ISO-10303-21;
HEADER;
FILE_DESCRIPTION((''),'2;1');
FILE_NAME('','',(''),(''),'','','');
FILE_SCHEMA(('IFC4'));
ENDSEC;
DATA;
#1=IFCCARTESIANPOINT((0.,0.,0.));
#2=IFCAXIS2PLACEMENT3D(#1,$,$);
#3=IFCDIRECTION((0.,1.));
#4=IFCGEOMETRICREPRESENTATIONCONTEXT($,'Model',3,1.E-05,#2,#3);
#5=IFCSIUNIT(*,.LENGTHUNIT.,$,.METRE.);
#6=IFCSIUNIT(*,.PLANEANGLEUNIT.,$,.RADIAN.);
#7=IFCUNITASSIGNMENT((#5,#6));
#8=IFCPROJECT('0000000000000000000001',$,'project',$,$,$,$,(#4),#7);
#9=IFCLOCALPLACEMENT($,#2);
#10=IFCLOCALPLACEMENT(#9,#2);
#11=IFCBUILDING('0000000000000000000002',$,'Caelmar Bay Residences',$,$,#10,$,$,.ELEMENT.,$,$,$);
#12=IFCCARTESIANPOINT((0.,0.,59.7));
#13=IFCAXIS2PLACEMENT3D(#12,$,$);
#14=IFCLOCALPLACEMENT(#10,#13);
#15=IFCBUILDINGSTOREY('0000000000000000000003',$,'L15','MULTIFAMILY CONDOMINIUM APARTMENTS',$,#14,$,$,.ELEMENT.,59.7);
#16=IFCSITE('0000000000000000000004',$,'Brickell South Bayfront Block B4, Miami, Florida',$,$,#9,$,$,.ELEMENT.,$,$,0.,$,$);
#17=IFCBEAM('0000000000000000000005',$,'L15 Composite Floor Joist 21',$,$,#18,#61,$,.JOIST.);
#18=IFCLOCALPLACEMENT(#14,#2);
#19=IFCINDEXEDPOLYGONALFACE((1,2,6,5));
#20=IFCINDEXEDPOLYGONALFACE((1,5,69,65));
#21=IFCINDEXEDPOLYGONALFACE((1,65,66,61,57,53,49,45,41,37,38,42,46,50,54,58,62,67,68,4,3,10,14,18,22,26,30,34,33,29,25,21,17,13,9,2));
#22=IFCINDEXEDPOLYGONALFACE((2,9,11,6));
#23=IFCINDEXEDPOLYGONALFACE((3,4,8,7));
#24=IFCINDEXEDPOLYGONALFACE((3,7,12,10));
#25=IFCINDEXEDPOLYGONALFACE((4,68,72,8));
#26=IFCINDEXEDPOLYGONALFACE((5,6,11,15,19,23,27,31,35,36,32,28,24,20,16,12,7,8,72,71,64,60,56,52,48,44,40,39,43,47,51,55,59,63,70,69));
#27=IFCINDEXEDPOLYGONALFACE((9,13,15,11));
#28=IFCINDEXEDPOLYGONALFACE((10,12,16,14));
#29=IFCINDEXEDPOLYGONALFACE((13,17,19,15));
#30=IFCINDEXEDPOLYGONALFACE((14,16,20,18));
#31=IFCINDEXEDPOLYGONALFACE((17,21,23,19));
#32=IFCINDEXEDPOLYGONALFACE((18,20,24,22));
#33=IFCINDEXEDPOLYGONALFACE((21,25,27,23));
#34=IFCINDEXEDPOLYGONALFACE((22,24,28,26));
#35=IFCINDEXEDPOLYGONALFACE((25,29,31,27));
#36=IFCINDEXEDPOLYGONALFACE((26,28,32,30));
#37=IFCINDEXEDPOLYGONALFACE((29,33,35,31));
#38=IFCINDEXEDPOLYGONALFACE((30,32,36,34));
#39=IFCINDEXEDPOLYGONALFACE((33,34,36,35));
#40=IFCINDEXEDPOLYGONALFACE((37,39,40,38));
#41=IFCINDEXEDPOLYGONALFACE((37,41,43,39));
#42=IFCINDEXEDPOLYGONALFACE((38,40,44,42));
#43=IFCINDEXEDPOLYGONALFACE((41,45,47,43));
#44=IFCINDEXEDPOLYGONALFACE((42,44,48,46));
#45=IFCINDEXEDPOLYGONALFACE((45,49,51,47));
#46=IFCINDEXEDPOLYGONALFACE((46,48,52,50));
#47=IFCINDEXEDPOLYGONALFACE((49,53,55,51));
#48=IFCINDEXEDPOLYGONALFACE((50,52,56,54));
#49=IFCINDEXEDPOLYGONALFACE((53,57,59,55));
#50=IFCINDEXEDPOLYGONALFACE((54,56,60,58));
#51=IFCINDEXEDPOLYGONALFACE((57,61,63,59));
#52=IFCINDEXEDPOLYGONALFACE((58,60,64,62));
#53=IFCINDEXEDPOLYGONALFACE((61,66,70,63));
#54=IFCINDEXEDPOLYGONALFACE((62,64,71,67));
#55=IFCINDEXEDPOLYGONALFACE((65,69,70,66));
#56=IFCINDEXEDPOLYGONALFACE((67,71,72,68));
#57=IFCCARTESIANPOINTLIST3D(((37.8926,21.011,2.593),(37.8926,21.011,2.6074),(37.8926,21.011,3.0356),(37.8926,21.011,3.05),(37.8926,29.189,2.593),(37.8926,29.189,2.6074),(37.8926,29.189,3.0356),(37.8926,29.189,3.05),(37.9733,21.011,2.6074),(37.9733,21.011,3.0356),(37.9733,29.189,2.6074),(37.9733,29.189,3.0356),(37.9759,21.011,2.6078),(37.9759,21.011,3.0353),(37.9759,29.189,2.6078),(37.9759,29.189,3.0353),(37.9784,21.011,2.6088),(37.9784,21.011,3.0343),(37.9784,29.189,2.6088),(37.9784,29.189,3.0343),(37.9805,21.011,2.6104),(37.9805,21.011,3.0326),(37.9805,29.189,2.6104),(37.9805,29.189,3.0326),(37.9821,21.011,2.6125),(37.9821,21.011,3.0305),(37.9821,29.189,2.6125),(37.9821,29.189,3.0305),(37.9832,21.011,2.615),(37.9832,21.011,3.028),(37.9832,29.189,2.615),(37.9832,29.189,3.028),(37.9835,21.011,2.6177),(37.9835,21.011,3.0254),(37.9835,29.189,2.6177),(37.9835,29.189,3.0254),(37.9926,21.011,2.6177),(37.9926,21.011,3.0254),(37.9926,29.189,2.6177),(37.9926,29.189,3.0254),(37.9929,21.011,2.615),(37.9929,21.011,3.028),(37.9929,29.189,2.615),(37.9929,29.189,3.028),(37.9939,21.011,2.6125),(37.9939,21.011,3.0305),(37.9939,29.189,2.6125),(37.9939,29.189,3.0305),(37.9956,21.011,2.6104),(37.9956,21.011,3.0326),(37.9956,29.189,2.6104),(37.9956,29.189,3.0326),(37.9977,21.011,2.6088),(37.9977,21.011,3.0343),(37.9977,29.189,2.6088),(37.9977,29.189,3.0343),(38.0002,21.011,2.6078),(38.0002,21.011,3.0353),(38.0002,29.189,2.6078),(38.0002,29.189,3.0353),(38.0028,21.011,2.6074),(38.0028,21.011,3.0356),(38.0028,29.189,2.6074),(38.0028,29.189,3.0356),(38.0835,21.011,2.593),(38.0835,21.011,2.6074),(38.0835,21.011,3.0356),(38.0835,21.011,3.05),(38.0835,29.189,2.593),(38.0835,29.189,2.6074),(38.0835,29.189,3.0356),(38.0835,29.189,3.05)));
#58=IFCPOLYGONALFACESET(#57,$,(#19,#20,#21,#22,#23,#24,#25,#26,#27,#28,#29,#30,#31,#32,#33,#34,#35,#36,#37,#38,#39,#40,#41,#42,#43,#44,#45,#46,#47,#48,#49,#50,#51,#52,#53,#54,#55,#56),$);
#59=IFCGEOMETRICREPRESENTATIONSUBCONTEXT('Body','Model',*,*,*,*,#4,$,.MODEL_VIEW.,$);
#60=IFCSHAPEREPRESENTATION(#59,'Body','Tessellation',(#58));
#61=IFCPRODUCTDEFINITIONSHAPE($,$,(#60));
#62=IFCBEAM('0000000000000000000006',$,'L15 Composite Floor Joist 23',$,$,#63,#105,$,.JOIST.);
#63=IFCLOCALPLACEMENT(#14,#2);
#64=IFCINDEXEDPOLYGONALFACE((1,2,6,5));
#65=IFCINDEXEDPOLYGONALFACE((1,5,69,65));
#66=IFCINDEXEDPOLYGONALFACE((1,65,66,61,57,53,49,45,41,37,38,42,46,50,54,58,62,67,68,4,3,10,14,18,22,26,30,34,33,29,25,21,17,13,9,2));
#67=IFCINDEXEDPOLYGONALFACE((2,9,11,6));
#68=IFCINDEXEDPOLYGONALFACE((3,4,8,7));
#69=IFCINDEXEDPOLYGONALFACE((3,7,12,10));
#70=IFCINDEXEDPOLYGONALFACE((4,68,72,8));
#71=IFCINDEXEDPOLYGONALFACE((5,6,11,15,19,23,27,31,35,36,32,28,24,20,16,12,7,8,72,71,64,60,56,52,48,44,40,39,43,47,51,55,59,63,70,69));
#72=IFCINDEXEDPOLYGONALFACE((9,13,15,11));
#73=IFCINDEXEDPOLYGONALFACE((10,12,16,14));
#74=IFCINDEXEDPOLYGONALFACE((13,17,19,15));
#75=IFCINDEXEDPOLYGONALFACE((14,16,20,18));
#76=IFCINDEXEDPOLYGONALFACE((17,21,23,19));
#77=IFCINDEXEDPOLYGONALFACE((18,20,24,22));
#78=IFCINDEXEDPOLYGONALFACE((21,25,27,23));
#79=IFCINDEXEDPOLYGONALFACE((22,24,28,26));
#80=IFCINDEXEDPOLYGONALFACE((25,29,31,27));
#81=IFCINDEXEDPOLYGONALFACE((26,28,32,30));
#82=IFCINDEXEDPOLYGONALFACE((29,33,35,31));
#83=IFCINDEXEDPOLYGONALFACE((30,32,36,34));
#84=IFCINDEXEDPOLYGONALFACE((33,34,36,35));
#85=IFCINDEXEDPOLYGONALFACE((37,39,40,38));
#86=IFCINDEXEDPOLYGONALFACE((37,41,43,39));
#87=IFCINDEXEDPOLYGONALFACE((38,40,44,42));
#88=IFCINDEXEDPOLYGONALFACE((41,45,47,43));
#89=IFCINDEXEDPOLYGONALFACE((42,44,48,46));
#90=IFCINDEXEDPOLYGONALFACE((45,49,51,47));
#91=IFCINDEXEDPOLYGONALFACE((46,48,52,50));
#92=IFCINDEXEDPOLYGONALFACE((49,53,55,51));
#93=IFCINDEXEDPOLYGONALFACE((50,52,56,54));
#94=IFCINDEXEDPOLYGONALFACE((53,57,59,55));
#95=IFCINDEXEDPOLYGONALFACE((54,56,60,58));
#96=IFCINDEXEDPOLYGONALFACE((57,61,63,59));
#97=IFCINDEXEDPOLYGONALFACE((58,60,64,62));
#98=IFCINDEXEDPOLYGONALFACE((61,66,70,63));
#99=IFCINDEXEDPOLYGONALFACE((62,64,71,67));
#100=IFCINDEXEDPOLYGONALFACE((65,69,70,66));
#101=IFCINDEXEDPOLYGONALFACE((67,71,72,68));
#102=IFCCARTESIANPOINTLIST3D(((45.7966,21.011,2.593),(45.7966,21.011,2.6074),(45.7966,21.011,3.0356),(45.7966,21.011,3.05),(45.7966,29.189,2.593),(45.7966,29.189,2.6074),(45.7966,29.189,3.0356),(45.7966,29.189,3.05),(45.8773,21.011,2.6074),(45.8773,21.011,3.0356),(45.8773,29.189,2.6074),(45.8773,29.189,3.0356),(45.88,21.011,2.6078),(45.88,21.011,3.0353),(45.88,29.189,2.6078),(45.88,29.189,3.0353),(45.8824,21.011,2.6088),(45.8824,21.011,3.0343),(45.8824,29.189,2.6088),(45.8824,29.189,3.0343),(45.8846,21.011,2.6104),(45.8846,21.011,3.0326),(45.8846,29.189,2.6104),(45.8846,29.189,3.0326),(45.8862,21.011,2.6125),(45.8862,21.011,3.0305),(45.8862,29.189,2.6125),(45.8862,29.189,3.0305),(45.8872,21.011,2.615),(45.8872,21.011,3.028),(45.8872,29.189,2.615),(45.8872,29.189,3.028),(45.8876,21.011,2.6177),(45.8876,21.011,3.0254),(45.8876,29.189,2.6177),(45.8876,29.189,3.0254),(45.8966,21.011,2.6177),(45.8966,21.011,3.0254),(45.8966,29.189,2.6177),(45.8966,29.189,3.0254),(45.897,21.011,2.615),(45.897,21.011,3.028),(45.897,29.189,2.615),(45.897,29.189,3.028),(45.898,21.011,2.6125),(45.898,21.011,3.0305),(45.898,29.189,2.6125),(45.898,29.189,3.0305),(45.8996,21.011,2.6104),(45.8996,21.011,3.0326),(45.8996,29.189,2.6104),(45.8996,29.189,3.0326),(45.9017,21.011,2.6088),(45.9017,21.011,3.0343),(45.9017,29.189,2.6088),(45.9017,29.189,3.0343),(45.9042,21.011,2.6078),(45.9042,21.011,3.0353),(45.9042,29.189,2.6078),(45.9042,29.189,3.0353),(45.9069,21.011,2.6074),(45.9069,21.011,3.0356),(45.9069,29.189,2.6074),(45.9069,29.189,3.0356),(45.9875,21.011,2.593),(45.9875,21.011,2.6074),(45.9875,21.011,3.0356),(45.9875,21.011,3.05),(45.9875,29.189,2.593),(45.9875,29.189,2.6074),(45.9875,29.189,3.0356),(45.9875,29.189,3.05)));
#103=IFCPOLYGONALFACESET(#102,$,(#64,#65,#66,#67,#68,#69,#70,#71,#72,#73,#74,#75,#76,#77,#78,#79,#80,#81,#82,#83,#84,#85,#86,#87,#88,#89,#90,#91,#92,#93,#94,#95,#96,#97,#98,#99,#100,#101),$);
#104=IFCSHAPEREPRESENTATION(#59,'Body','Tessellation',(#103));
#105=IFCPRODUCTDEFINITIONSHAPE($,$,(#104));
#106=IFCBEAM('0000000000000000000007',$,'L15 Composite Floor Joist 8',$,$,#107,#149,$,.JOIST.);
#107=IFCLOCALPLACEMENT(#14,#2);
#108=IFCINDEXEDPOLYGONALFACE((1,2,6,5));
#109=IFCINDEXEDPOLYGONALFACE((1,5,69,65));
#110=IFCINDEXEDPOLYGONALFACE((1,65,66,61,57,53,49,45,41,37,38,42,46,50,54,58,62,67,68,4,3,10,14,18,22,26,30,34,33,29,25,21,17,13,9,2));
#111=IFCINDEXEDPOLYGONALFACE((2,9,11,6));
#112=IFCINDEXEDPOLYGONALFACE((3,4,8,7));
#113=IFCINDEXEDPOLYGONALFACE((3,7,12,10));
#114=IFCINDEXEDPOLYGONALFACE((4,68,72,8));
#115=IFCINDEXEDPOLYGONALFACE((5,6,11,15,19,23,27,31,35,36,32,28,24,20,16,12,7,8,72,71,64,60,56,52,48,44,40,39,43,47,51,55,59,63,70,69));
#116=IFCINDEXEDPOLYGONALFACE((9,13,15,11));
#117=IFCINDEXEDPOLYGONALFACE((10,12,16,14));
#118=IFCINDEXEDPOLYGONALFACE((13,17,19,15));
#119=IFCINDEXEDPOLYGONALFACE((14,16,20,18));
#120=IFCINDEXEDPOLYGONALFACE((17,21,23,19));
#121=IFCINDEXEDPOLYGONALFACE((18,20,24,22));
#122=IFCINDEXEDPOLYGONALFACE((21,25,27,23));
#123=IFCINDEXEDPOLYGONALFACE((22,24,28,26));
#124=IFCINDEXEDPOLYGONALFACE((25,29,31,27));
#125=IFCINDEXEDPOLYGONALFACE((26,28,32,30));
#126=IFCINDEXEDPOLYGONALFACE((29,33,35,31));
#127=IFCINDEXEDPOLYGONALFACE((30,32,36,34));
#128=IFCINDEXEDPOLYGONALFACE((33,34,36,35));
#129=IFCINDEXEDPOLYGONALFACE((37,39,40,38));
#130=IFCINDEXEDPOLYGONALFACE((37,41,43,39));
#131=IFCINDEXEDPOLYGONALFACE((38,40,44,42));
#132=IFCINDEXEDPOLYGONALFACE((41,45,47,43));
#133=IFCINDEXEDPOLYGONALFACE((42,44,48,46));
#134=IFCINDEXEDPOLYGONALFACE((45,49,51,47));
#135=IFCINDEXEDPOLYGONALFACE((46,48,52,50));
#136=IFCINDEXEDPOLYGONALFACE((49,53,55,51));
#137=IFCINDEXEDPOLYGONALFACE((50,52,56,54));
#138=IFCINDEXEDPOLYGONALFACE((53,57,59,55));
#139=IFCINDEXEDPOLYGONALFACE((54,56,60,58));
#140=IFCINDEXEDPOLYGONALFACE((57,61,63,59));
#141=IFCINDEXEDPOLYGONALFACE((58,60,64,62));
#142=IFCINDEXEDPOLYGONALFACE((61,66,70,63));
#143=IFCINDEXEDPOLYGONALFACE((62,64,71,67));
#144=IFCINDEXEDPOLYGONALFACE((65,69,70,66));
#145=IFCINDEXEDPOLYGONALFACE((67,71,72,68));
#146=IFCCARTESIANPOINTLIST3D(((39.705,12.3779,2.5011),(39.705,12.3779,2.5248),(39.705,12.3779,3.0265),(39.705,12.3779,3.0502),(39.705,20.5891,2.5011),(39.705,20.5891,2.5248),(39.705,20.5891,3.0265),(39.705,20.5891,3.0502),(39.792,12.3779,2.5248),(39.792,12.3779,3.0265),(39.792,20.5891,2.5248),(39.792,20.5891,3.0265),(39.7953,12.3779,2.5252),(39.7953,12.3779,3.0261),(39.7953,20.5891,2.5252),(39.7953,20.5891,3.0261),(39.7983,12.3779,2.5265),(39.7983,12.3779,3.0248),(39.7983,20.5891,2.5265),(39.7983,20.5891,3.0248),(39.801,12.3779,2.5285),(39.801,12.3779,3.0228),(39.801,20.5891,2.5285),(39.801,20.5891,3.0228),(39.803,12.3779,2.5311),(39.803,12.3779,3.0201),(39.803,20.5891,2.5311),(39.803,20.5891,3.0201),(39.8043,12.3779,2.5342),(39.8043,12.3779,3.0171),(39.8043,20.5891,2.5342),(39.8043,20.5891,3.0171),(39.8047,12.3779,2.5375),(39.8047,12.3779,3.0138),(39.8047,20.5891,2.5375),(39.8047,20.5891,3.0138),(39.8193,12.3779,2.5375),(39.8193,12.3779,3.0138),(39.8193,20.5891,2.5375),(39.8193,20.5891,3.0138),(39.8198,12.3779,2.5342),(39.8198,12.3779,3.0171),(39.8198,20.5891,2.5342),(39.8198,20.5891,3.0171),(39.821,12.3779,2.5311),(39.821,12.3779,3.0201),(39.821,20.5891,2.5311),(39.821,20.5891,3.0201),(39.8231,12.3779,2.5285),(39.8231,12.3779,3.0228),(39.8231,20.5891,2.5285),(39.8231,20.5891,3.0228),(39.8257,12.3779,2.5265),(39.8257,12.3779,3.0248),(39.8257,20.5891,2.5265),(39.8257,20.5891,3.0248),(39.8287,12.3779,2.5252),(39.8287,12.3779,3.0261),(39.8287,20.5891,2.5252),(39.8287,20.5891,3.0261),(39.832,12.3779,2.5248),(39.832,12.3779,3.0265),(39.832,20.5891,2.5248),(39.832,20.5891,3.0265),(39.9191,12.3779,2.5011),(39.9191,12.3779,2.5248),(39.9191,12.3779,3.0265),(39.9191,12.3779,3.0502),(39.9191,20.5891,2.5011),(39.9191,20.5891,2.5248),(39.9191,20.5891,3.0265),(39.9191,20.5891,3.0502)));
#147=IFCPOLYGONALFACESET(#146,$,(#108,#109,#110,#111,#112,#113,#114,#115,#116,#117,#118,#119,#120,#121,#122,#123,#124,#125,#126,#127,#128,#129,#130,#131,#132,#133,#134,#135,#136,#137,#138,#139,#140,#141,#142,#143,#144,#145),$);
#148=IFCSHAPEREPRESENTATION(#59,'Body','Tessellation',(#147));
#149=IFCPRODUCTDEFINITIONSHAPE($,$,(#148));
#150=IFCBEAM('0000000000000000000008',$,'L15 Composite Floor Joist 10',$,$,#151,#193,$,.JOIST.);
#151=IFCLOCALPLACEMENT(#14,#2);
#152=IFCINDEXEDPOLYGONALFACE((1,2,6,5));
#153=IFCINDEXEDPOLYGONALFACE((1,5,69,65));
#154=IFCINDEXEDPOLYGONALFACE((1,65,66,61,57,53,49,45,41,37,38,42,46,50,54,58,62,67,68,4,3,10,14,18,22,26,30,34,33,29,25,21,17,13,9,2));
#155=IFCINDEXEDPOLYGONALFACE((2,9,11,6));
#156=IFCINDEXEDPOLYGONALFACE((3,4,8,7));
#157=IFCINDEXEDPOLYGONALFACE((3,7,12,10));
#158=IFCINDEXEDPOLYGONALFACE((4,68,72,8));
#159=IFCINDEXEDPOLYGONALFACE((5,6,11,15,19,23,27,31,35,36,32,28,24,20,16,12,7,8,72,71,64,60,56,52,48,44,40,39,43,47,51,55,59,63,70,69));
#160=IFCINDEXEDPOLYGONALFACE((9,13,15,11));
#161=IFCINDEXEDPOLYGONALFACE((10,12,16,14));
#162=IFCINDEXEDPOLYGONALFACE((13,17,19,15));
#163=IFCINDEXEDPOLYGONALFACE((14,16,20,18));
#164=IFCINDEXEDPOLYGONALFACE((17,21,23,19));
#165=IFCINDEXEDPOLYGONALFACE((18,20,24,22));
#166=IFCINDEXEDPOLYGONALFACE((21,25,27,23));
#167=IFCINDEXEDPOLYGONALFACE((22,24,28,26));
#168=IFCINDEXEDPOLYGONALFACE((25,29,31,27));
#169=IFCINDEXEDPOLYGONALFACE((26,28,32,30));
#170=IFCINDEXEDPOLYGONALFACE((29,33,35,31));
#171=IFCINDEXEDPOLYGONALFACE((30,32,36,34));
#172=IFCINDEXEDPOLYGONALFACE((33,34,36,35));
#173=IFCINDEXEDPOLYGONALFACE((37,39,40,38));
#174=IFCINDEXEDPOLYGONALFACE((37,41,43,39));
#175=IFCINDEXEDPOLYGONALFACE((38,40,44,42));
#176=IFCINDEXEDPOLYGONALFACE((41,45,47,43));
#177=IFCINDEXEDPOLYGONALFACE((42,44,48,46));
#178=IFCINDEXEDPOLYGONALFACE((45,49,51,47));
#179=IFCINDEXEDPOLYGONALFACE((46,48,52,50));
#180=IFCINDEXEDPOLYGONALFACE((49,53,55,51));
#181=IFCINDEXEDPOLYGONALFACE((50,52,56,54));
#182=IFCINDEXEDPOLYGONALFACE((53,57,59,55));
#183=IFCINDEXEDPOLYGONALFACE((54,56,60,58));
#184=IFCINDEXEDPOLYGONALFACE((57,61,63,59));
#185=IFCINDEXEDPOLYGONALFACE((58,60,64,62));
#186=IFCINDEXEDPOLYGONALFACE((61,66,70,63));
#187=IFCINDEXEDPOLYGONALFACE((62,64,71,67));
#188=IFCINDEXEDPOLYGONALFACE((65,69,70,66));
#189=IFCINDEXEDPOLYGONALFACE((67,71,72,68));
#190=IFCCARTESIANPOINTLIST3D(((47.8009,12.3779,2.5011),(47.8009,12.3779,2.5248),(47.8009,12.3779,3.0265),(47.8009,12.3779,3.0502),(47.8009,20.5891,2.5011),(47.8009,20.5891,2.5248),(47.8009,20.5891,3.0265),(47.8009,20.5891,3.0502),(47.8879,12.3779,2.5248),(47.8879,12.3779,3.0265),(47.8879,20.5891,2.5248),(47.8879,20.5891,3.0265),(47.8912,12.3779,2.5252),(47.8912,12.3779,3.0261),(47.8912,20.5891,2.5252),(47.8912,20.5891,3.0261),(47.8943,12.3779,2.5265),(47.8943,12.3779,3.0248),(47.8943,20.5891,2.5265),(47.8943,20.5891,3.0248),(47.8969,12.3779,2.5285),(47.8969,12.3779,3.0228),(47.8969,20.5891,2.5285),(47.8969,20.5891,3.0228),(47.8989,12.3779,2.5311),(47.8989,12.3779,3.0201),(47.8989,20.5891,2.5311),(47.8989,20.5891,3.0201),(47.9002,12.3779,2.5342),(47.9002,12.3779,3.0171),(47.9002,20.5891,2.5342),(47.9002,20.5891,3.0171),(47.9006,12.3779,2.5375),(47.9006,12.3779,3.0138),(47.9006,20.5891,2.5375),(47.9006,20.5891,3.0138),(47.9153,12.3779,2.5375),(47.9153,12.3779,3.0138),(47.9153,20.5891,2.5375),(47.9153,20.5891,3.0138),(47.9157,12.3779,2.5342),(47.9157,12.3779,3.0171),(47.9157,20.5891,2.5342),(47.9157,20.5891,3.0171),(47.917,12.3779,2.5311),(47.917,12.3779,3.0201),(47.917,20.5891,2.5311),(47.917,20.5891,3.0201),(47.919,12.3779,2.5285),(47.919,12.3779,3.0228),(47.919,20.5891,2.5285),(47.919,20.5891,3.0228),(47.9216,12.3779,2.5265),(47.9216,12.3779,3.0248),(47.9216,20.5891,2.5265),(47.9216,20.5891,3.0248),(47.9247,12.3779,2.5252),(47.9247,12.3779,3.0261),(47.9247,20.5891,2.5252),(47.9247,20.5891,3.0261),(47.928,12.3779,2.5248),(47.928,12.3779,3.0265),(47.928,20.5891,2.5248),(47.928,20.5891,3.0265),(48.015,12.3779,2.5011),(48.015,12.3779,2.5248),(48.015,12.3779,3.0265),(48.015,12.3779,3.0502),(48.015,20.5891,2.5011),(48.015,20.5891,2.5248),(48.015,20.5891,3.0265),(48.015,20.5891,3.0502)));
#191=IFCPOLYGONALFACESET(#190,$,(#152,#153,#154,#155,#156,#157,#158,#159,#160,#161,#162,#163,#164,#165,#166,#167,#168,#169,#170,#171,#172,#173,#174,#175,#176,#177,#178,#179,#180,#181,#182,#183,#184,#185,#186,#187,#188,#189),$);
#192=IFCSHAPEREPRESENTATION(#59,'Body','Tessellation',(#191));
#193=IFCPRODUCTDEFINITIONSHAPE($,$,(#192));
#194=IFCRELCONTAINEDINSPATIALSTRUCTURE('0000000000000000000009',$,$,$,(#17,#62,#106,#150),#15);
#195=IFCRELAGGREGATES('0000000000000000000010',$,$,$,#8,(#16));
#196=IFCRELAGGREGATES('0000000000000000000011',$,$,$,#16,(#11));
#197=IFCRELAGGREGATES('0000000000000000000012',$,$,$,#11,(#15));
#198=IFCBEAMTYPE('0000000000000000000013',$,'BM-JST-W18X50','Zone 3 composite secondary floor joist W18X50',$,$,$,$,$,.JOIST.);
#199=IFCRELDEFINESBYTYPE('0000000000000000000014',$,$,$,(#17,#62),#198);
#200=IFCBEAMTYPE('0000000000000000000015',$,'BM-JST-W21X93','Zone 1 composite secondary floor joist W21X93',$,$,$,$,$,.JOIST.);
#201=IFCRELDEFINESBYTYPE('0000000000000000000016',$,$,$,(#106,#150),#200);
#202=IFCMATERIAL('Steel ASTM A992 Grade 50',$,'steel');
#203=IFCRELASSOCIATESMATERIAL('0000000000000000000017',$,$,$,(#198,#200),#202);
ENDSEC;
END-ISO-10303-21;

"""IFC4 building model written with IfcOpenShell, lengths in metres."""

from ifc_helpers import new_model, si_unit, direction, frame, origin, origin_2d, place, context, subcontext, project, spatial, i_section, extrude, material, material_profile, profile_set, type_object, element, save


model = new_model("IFC4")

# Units and contexts
model_context = context("Model", 3, precision=1e-05, world=origin(), true_north=direction((0.0, 1.0)))
body_context = subcontext(model_context, "Body", "Model", "MODEL_VIEW")
ifc_project = project(units=[si_unit("LENGTHUNIT", "METRE"), si_unit("PLANEANGLEUNIT", "RADIAN")], contexts=[model_context])

# Site, building, storey
site_placement = place(None, origin())
site = spatial("IfcSite", under=ifc_project, at=site_placement, Name="Brickell South Bayfront Block B4, Miami, Florida", CompositionType="ELEMENT", RefElevation=0.0)
building_placement = place(site_placement, origin())
building = spatial("IfcBuilding", under=site, at=building_placement, Name="Caelmar Bay Residences", CompositionType="ELEMENT")
storey_placement = place(building_placement, frame((0.0, 0.0, 59.7)))
storey = spatial("IfcBuildingStorey", under=building, at=storey_placement, Name="L15", Description="MULTIFAMILY CONDOMINIUM APARTMENTS", CompositionType="ELEMENT", Elevation=59.7)

# Beams
ifc_material_1 = material(Name="Steel ASTM A992 Grade 50", Category="steel")
ifc_material_profile_1 = material_profile(ifc_material_1, i_section(OverallWidth=0.1909, OverallDepth=0.457, WebThickness=0.009, FlangeThickness=0.0144, FilletRadius=0.0103, at=origin_2d()), Name="W18X50")
ifc_profile_set_1 = profile_set([ifc_material_profile_1], Name="Steel ASTM A992 Grade 50")
beam_type_1 = type_object("IfcBeamType", Name="BM-JST-W18X50", Description="Zone 3 composite secondary floor joist W18X50", PredefinedType="JOIST", material=ifc_profile_set_1)
for number, where, z_axis, x_axis, name in (
    (1, (37.988, 21.011, 2.8215), (0.0, 1.0, 0.0), (-1.0, 0.0, 0.0), "L15 Composite Floor Joist 21"),
    (2, (45.8921, 21.011, 2.8215), (0.0, 1.0, 0.0), (-1.0, 0.0, 0.0), "L15 Composite Floor Joist 23"),
):
    element("IfcBeam", number, at=place(storey_placement, frame(where, z_axis=z_axis, x_axis=x_axis)), inside=storey, type_object=beam_type_1, Name=name, PredefinedType="JOIST", context=body_context, shape_type="SweptSolid", body=[
        extrude(i_section(OverallWidth=0.1909, OverallDepth=0.457, WebThickness=0.009, FlangeThickness=0.0144, FilletRadius=0.0103, at=origin_2d()), origin(), (0.0, 0.0, 1.0), 8.178),
    ])
ifc_material_profile_2 = material_profile(ifc_material_1, i_section(OverallWidth=0.2141, OverallDepth=0.5491, WebThickness=0.0146, FlangeThickness=0.0237, FilletRadius=0.0127, at=origin_2d()), Name="W21X93")
ifc_profile_set_2 = profile_set([ifc_material_profile_2], Name="Steel ASTM A992 Grade 50")
beam_type_2 = type_object("IfcBeamType", Name="BM-JST-W21X93", Description="Zone 1 composite secondary floor joist W21X93", PredefinedType="JOIST", material=ifc_profile_set_2)
for number, where, z_axis, x_axis, name in (
    (3, (39.812, 12.3779, 2.7756), (0.0, 1.0, 0.0), (-1.0, 0.0, 0.0), "L15 Composite Floor Joist 8"),
    (4, (47.908, 12.3779, 2.7756), (0.0, 1.0, 0.0), (-1.0, 0.0, 0.0), "L15 Composite Floor Joist 10"),
):
    element("IfcBeam", number, at=place(storey_placement, frame(where, z_axis=z_axis, x_axis=x_axis)), inside=storey, type_object=beam_type_2, Name=name, PredefinedType="JOIST", context=body_context, shape_type="SweptSolid", body=[
        extrude(i_section(OverallWidth=0.2141, OverallDepth=0.5491, WebThickness=0.0146, FlangeThickness=0.0237, FilletRadius=0.0127, at=origin_2d()), origin(), (0.0, 0.0, 1.0), 8.2112),
    ])

save(model, "model.ifc")
